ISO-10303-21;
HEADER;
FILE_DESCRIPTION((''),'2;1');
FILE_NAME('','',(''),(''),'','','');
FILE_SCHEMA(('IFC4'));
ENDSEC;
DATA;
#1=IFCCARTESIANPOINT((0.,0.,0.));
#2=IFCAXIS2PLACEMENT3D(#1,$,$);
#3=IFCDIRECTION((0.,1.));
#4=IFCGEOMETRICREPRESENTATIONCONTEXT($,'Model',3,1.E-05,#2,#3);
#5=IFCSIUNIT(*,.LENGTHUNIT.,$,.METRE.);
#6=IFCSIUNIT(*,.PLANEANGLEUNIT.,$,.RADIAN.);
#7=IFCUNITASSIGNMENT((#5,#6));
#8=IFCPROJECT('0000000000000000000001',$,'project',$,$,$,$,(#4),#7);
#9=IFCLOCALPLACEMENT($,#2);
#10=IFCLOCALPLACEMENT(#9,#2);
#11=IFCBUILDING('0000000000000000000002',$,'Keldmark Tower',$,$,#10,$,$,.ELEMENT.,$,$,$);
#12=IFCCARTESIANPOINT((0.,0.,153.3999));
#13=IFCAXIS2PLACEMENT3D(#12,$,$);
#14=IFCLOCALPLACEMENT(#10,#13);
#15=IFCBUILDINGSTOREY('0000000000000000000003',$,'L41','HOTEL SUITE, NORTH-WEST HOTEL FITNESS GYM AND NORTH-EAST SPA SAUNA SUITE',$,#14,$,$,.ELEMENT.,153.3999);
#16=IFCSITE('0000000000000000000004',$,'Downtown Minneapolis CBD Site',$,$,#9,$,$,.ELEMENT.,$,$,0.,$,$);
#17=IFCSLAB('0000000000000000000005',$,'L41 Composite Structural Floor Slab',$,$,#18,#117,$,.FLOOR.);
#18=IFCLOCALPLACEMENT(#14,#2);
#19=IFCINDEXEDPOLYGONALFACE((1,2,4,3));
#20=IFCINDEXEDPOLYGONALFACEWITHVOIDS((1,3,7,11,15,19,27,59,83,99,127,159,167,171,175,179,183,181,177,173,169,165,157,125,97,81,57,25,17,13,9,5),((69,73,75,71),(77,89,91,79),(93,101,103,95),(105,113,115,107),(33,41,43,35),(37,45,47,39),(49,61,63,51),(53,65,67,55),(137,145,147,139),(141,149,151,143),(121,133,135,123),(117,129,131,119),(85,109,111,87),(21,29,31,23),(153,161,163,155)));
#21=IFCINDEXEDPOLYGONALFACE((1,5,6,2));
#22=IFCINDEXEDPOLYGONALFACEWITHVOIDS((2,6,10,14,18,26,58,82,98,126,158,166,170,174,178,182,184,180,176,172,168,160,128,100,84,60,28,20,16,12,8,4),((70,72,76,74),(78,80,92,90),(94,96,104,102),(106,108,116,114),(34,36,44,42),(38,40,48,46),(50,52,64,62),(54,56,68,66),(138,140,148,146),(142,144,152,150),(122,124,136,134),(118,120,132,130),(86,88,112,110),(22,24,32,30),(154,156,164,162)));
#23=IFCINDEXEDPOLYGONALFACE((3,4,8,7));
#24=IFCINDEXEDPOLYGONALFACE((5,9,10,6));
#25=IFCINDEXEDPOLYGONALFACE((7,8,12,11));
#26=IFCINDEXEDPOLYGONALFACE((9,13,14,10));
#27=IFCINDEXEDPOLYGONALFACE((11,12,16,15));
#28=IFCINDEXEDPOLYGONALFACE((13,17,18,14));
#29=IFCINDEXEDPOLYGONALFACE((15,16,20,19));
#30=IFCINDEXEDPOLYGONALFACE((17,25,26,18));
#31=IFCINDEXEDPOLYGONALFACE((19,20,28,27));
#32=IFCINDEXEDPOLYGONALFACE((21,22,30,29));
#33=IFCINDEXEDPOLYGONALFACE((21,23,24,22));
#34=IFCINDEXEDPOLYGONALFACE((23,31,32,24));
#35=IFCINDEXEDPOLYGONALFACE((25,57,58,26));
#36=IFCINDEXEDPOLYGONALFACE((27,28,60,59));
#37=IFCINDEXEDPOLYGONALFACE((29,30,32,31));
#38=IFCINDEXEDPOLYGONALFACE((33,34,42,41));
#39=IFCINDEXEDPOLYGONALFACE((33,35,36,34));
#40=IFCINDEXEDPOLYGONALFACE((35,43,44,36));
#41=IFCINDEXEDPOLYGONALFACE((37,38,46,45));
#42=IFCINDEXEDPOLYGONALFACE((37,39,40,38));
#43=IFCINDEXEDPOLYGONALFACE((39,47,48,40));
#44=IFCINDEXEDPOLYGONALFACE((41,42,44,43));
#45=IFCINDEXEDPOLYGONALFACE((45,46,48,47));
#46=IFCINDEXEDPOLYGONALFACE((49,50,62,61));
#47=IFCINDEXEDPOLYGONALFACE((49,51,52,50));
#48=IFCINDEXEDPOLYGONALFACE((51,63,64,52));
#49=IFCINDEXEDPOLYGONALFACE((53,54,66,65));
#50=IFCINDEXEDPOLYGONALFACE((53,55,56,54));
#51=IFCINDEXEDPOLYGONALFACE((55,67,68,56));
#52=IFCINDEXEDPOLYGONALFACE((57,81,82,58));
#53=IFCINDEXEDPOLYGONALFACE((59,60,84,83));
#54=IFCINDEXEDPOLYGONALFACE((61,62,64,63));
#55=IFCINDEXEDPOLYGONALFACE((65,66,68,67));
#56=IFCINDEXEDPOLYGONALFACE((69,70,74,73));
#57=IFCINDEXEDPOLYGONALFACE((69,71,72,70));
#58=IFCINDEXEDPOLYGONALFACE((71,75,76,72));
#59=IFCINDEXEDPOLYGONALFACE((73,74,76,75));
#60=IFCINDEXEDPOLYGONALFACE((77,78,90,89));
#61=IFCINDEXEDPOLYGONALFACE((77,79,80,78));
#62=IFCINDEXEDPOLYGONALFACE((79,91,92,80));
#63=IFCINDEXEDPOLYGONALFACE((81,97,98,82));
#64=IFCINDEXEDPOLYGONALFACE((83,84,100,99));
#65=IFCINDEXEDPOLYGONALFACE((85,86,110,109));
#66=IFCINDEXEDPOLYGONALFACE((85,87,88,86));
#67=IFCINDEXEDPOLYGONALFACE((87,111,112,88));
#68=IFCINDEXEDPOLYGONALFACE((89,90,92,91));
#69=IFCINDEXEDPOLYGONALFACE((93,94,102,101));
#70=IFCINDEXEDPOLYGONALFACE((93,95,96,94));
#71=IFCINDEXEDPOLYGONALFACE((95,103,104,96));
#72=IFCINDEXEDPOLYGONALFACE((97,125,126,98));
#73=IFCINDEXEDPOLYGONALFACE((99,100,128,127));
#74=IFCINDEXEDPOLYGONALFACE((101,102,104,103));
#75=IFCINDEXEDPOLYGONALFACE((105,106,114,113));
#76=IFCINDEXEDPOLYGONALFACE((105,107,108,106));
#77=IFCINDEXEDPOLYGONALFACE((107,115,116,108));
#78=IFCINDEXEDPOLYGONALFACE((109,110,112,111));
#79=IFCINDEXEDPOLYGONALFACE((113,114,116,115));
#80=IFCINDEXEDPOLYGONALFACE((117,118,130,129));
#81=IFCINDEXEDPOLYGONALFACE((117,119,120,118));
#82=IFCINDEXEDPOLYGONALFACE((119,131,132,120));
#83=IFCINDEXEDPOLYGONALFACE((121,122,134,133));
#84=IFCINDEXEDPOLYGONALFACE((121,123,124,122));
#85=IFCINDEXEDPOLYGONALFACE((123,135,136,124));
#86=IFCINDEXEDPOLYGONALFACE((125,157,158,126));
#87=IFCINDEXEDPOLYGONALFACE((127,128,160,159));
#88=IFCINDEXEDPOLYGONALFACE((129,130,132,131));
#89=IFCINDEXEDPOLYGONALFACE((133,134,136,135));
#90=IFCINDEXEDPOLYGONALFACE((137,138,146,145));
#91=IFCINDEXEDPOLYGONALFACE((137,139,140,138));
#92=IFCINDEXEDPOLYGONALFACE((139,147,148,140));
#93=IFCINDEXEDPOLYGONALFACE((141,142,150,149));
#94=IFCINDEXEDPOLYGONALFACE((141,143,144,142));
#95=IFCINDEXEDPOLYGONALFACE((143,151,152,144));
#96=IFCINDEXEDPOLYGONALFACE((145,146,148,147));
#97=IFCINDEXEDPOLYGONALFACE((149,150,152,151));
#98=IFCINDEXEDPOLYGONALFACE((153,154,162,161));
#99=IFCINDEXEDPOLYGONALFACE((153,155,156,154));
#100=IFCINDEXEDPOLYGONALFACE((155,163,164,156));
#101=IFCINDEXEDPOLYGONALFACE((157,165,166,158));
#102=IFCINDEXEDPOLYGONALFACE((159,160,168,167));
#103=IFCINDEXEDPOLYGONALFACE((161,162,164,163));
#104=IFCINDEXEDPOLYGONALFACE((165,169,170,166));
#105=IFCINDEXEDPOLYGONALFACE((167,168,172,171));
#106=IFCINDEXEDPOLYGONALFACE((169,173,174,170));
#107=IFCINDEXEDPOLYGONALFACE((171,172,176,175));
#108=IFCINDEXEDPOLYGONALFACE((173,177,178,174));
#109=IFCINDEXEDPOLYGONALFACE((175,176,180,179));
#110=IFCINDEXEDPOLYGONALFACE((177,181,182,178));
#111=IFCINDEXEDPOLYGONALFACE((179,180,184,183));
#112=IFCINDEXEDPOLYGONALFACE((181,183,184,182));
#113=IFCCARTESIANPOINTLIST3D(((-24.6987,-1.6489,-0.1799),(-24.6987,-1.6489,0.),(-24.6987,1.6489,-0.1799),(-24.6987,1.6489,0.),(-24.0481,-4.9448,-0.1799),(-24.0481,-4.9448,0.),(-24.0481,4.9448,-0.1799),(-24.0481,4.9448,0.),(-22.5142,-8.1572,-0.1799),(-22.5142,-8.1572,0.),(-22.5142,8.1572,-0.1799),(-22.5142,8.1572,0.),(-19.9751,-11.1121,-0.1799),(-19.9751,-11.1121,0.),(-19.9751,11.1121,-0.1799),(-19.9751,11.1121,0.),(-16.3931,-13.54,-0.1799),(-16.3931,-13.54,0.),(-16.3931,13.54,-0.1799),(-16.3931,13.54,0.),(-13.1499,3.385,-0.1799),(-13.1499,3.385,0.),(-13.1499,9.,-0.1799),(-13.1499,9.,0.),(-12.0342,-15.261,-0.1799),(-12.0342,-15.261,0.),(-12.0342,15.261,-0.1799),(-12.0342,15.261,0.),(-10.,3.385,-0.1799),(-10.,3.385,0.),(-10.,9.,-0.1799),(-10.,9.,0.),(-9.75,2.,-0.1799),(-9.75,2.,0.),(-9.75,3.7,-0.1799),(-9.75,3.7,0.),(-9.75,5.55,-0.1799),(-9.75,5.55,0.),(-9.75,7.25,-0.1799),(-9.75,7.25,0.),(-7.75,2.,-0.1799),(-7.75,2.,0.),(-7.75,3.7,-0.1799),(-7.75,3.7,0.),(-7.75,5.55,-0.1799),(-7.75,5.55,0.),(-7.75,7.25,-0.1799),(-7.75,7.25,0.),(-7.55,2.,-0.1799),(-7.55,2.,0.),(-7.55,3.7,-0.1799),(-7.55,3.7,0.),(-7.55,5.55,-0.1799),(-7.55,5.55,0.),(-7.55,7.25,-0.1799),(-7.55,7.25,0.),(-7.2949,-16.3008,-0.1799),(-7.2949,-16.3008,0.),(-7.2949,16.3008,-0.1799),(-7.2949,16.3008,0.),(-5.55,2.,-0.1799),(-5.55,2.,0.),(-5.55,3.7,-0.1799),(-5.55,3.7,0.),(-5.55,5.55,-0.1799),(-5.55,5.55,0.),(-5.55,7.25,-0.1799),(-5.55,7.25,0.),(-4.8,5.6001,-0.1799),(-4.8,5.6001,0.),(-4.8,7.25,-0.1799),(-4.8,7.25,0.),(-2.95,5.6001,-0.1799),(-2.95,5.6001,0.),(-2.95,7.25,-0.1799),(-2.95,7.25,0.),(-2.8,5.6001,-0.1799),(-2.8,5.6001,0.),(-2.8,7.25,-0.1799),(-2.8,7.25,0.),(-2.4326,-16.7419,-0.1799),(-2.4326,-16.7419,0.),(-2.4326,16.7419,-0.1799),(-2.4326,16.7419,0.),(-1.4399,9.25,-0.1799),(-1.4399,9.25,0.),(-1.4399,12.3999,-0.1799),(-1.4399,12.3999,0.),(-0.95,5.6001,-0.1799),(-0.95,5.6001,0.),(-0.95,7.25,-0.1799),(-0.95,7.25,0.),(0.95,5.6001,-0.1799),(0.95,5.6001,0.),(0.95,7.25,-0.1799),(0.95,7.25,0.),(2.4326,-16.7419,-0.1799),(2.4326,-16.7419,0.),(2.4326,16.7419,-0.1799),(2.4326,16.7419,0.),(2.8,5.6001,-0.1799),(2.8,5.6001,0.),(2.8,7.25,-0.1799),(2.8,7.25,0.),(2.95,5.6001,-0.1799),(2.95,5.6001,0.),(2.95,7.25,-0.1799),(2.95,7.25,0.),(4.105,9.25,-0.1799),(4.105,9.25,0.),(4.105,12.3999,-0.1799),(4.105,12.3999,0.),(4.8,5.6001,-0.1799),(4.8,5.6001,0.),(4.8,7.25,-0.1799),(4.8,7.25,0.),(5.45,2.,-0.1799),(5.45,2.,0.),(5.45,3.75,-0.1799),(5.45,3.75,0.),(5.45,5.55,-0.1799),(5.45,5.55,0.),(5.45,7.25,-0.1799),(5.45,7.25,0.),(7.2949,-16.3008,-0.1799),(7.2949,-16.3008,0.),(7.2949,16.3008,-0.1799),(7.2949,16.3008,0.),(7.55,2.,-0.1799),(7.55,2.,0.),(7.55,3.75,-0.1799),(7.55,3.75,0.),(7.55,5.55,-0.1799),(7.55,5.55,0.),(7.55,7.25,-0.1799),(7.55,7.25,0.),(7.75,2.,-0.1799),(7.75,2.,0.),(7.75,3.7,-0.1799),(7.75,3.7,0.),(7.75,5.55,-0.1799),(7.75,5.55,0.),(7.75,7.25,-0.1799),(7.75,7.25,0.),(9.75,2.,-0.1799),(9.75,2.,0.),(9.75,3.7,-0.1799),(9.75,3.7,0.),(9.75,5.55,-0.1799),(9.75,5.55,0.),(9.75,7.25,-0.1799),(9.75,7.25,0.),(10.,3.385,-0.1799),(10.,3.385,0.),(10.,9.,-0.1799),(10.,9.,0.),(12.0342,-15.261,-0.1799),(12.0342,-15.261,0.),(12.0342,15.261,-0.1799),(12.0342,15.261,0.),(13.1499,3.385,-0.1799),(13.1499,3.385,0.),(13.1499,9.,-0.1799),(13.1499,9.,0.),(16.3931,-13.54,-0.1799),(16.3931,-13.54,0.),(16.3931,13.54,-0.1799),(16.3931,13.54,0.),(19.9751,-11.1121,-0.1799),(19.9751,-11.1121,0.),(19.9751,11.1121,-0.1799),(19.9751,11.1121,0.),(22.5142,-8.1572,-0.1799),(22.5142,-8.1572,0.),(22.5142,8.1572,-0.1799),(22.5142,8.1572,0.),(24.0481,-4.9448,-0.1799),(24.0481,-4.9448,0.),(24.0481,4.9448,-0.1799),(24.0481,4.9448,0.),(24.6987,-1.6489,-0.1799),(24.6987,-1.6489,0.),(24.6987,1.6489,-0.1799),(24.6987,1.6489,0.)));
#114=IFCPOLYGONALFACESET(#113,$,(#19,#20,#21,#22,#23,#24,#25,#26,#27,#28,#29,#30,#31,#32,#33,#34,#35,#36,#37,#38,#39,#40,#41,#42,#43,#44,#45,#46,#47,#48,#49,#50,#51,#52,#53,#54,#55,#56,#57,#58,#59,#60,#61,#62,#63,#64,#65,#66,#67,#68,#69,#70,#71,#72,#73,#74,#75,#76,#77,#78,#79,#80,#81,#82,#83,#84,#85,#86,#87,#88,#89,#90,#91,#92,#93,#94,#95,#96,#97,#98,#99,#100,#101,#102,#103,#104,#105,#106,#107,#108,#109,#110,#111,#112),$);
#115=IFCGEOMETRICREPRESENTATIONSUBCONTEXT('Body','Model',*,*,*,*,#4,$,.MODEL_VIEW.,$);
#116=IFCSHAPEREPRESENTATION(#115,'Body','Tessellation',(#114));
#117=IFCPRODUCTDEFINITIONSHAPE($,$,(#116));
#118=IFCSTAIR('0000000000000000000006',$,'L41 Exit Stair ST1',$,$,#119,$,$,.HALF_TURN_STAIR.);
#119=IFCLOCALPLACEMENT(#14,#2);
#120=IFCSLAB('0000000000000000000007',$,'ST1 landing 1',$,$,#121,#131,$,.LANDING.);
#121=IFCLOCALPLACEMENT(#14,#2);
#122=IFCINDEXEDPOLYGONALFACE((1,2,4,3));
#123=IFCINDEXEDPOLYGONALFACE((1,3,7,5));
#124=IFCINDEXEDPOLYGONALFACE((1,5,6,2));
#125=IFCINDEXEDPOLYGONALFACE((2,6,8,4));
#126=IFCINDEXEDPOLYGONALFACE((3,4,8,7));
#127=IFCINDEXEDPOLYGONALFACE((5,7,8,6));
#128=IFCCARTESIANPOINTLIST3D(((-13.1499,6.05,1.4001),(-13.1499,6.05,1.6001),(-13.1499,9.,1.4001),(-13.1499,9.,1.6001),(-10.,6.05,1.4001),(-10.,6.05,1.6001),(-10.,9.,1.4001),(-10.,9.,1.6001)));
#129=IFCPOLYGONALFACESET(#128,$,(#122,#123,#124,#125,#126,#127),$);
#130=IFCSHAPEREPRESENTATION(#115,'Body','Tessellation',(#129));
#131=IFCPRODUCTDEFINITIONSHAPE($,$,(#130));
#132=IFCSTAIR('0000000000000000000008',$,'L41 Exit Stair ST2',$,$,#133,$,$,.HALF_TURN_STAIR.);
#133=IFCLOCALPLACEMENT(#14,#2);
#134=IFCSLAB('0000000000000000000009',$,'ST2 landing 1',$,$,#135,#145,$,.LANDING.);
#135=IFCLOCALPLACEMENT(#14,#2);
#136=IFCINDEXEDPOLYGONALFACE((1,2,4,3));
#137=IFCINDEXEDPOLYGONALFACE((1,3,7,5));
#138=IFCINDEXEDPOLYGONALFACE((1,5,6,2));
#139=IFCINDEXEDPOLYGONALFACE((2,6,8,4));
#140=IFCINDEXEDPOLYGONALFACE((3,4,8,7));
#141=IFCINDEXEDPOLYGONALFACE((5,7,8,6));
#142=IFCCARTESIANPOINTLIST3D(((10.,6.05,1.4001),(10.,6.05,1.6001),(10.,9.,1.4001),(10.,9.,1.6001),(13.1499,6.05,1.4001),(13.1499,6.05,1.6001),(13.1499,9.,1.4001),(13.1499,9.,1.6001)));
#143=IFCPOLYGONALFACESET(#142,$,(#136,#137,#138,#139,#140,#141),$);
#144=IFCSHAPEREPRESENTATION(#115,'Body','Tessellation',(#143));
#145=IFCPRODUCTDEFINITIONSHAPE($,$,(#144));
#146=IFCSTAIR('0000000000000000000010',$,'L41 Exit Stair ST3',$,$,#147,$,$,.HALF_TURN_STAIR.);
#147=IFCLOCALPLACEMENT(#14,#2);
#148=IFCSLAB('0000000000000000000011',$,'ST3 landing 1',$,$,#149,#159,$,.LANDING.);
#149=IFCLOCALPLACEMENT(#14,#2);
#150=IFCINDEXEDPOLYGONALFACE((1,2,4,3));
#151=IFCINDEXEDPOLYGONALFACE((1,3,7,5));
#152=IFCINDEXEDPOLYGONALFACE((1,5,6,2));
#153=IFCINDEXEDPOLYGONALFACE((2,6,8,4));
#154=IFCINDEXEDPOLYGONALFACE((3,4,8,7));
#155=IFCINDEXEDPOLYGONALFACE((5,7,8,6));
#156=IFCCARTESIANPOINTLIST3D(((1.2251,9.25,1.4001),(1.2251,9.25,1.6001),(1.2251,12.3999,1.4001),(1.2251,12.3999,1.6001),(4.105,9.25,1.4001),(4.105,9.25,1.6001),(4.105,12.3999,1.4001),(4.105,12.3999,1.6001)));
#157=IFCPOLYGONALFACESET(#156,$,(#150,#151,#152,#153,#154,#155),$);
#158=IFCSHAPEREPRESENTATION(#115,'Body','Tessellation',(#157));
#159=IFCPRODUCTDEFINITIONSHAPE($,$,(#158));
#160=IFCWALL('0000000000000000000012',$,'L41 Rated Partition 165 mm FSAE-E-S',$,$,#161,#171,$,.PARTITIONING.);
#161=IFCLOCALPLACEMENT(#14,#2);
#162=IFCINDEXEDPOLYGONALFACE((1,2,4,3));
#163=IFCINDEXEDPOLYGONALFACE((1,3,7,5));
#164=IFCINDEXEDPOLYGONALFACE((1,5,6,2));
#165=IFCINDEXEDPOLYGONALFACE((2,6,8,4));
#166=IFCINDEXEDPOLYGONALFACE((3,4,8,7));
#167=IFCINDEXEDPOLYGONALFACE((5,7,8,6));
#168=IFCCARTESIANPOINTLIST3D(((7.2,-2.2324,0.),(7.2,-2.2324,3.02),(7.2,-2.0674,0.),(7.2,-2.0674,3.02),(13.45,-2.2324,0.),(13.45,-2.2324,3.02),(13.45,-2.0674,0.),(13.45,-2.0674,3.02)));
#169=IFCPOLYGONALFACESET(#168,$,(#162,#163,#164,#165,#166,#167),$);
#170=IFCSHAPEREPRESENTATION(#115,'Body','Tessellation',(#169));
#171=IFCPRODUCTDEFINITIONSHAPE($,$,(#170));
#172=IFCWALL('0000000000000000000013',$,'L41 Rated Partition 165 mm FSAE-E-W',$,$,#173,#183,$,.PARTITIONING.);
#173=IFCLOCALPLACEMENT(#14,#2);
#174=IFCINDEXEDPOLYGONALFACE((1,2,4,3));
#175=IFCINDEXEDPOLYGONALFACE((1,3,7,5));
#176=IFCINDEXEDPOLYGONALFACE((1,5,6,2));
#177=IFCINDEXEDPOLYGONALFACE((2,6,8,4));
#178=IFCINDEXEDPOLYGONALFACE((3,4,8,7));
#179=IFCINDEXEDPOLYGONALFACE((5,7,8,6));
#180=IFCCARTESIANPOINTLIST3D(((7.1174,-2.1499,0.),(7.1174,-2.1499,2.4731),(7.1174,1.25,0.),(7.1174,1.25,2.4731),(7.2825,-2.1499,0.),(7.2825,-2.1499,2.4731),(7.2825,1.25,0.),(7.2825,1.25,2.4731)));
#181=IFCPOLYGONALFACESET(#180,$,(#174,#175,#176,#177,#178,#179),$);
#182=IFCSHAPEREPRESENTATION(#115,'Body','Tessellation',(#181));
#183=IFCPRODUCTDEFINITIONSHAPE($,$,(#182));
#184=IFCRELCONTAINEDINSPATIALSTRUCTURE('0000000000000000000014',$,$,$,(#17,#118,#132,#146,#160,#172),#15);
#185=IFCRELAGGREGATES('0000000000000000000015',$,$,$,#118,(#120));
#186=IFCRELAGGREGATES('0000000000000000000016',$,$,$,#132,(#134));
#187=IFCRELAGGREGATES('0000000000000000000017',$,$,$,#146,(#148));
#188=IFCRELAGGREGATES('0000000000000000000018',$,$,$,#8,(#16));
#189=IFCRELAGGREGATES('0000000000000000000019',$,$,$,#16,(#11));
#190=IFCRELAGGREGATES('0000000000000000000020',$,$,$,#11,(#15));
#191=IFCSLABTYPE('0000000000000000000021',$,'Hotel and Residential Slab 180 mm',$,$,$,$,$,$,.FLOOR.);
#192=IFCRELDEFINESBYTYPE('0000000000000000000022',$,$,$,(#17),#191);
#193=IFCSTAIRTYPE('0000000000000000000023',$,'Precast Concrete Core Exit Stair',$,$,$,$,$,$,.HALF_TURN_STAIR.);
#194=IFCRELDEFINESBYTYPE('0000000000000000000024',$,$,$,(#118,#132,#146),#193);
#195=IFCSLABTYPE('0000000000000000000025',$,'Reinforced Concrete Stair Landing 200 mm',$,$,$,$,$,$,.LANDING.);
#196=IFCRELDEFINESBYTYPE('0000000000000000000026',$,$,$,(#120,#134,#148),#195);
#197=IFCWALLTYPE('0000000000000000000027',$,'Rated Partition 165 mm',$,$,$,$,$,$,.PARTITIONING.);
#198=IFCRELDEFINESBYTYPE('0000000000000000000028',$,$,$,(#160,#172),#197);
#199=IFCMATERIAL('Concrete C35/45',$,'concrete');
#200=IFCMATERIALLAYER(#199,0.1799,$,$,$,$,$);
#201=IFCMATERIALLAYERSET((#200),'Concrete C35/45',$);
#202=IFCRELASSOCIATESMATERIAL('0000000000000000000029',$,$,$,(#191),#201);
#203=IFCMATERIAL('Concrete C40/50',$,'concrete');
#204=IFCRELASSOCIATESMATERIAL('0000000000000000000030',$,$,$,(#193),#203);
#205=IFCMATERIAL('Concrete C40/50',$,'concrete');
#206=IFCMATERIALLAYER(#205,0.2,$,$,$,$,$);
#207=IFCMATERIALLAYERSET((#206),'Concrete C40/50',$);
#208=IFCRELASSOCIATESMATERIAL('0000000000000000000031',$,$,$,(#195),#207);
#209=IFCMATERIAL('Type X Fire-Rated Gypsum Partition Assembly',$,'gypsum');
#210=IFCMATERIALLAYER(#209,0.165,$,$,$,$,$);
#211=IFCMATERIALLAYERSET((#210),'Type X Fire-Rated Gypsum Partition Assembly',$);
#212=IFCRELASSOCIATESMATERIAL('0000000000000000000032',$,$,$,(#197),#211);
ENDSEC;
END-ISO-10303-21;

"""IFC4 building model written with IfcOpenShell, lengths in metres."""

from ifc_helpers import new_model, si_unit, direction, frame, frame_2d, origin, place, context, subcontext, project, spatial, polyline, rectangle, outline, extrude, material, layer, layer_set, type_object, element, aggregate, save


model = new_model("IFC4")

# Units and contexts
model_context = context("Model", 3, precision=1e-05, world=origin(), true_north=direction((0.0, 1.0)))
body_context = subcontext(model_context, "Body", "Model", "MODEL_VIEW")
ifc_project = project(units=[si_unit("LENGTHUNIT", "METRE"), si_unit("PLANEANGLEUNIT", "RADIAN")], contexts=[model_context])

# Site, building, storey
site_placement = place(None, origin())
site = spatial("IfcSite", under=ifc_project, at=site_placement, Name="Downtown Minneapolis CBD Site", CompositionType="ELEMENT", RefElevation=0.0)
building_placement = place(site_placement, origin())
building = spatial("IfcBuilding", under=site, at=building_placement, Name="Keldmark Tower", CompositionType="ELEMENT")
storey_placement = place(building_placement, frame((0.0, 0.0, 153.3999)))
storey = spatial("IfcBuildingStorey", under=building, at=storey_placement, Name="L41", Description="HOTEL SUITE, NORTH-WEST HOTEL FITNESS GYM AND NORTH-EAST SPA SAUNA SUITE", CompositionType="ELEMENT", Elevation=153.3999)

# Slab
ifc_material_1 = material(Name="Concrete C35/45", Category="concrete")
ifc_layer_1 = layer(ifc_material_1, 0.1799)
ifc_layer_set_1 = layer_set([ifc_layer_1], Name="Concrete C35/45")
slab_type_1 = type_object("IfcSlabType", Name="Hotel and Residential Slab 180 mm", PredefinedType="FLOOR", material=ifc_layer_set_1)
slab_1_placement = place(storey_placement, frame((0.0, 0.0, -0.1799)))
element("IfcSlab", 1, at=slab_1_placement, inside=storey, type_object=slab_type_1, Name="L41 Composite Structural Floor Slab", PredefinedType="FLOOR", context=body_context, shape_type="SweptSolid", body=[
    extrude(outline(polyline([(24.6987, 1.6489), (24.0481, 4.9448), (22.5142, 8.1572), (19.9751, 11.1121), (16.3931, 13.54), (12.0342, 15.261), (7.2949, 16.3008), (2.4326, 16.7419), (-2.4326, 16.7419), (-7.2949, 16.3008), (-12.0342, 15.261), (-16.3931, 13.54), (-19.9751, 11.1121), (-22.5142, 8.1572), (-24.0481, 4.9448), (-24.6987, 1.6489), (-24.6987, -1.6489), (-24.0481, -4.9448), (-22.5142, -8.1572), (-19.9751, -11.1121), (-16.3931, -13.54), (-12.0342, -15.261), (-7.2949, -16.3008), (-2.4326, -16.7419), (2.4326, -16.7419), (7.2949, -16.3008), (12.0342, -15.261), (16.3931, -13.54), (19.9751, -11.1121), (22.5142, -8.1572), (24.0481, -4.9448), (24.6987, -1.6489), (24.6987, 1.6489)]), holes=[polyline([(-10.0, 3.385), (-10.0, 9.0), (-13.1499, 9.0), (-13.1499, 3.385), (-10.0, 3.385)]), polyline([(13.1499, 3.385), (13.1499, 9.0), (10.0, 9.0), (10.0, 3.385), (13.1499, 3.385)]), polyline([(-1.4399, 9.25), (4.105, 9.25), (4.105, 12.3999), (-1.4399, 12.3999), (-1.4399, 9.25)]), polyline([(-9.75, 2.0), (-7.75, 2.0), (-7.75, 3.7), (-9.75, 3.7), (-9.75, 2.0)]), polyline([(7.75, 2.0), (9.75, 2.0), (9.75, 3.7), (7.75, 3.7), (7.75, 2.0)]), polyline([(5.45, 2.0), (7.55, 2.0), (7.55, 3.75), (5.45, 3.75), (5.45, 2.0)]), polyline([(-4.8, 5.6001), (-2.95, 5.6001), (-2.95, 7.25), (-4.8, 7.25), (-4.8, 5.6001)]), polyline([(-2.8, 5.6001), (-0.95, 5.6001), (-0.95, 7.25), (-2.8, 7.25), (-2.8, 5.6001)]), polyline([(0.95, 5.6001), (2.8, 5.6001), (2.8, 7.25), (0.95, 7.25), (0.95, 5.6001)]), polyline([(2.95, 5.6001), (4.8, 5.6001), (4.8, 7.25), (2.95, 7.25), (2.95, 5.6001)]), polyline([(-9.75, 5.55), (-7.75, 5.55), (-7.75, 7.25), (-9.75, 7.25), (-9.75, 5.55)]), polyline([(-7.55, 5.55), (-5.55, 5.55), (-5.55, 7.25), (-7.55, 7.25), (-7.55, 5.55)]), polyline([(-7.55, 2.0), (-5.55, 2.0), (-5.55, 3.7), (-7.55, 3.7), (-7.55, 2.0)]), polyline([(5.45, 5.55), (7.55, 5.55), (7.55, 7.25), (5.45, 7.25), (5.45, 5.55)]), polyline([(7.75, 5.55), (9.75, 5.55), (9.75, 7.25), (7.75, 7.25), (7.75, 5.55)])]), origin(), (0.0, 0.0, 1.0), 0.1799),
])

# Stairs, slabs
ifc_material_2 = material(Name="Concrete C40/50", Category="concrete")
stair_type = type_object("IfcStairType", Name="Precast Concrete Core Exit Stair", PredefinedType="HALF_TURN_STAIR", material=ifc_material_2)
stair_1_placement = place(storey_placement, origin())
stair_1 = element("IfcStair", 2, at=stair_1_placement, inside=storey, type_object=stair_type, Name="L41 Exit Stair ST1", PredefinedType="HALF_TURN_STAIR")
ifc_material_3 = material(Name="Concrete C40/50", Category="concrete")
ifc_layer_2 = layer(ifc_material_3, 0.2)
ifc_layer_set_2 = layer_set([ifc_layer_2], Name="Concrete C40/50")
slab_type_2 = type_object("IfcSlabType", Name="Reinforced Concrete Stair Landing 200 mm", PredefinedType="LANDING", material=ifc_layer_set_2)
slab_2_placement = place(storey_placement, frame((0.0, 0.0, 1.4001)))
slab_2 = element("IfcSlab", 3, at=slab_2_placement, type_object=slab_type_2, Name="ST1 landing 1", PredefinedType="LANDING", context=body_context, shape_type="SweptSolid", body=[
    extrude(outline(polyline([(-10.0, 6.05), (-10.0, 9.0), (-13.1499, 9.0), (-13.1499, 6.05), (-10.0, 6.05)])), origin(), (0.0, 0.0, 1.0), 0.2),
])
aggregate(stair_1, [slab_2])
stair_2_placement = place(storey_placement, origin())
stair_2 = element("IfcStair", 4, at=stair_2_placement, inside=storey, type_object=stair_type, Name="L41 Exit Stair ST2", PredefinedType="HALF_TURN_STAIR")
slab_3_placement = place(storey_placement, frame((0.0, 0.0, 1.4001)))
slab_3 = element("IfcSlab", 5, at=slab_3_placement, type_object=slab_type_2, Name="ST2 landing 1", PredefinedType="LANDING", context=body_context, shape_type="SweptSolid", body=[
    extrude(outline(polyline([(13.1499, 6.05), (13.1499, 9.0), (10.0, 9.0), (10.0, 6.05), (13.1499, 6.05)])), origin(), (0.0, 0.0, 1.0), 0.2),
])
aggregate(stair_2, [slab_3])
stair_3_placement = place(storey_placement, origin())
stair_3 = element("IfcStair", 6, at=stair_3_placement, inside=storey, type_object=stair_type, Name="L41 Exit Stair ST3", PredefinedType="HALF_TURN_STAIR")
slab_4_placement = place(storey_placement, frame((0.0, 0.0, 1.4001)))
slab_4 = element("IfcSlab", 7, at=slab_4_placement, type_object=slab_type_2, Name="ST3 landing 1", PredefinedType="LANDING", context=body_context, shape_type="SweptSolid", body=[
    extrude(outline(polyline([(1.2251, 9.25), (4.105, 9.25), (4.105, 12.3999), (1.2251, 12.3999), (1.2251, 9.25)])), origin(), (0.0, 0.0, 1.0), 0.2),
])
aggregate(stair_3, [slab_4])

# Walls
ifc_material_4 = material(Name="Type X Fire-Rated Gypsum Partition Assembly", Category="gypsum")
ifc_layer_3 = layer(ifc_material_4, 0.165)
ifc_layer_set_3 = layer_set([ifc_layer_3], Name="Type X Fire-Rated Gypsum Partition Assembly")
wall_type_1 = type_object("IfcWallType", Name="Rated Partition 165 mm", PredefinedType="PARTITIONING", material=ifc_layer_set_3)
wall_1_placement = place(storey_placement, frame((7.2, -2.1499, 0.0), z_axis=(0.0, 0.0, 1.0), x_axis=(1.0, 0.0, 0.0)))
element("IfcWall", 8, at=wall_1_placement, inside=storey, type_object=wall_type_1, Name="L41 Rated Partition 165 mm FSAE-E-S", PredefinedType="PARTITIONING", context=body_context, shape_type="SweptSolid", body=[
    extrude(rectangle(XDim=6.25, YDim=0.165, at=frame_2d((3.125, 0.0))), origin(), (0.0, 0.0, 1.0), 3.02),
])
wall_2_placement = place(storey_placement, frame((7.2, -2.1499, 0.0), z_axis=(0.0, 0.0, 1.0), x_axis=(0.0, 1.0, 0.0)))
element("IfcWall", 9, at=wall_2_placement, inside=storey, type_object=wall_type_1, Name="L41 Rated Partition 165 mm FSAE-E-W", PredefinedType="PARTITIONING", context=body_context, shape_type="SweptSolid", body=[
    extrude(rectangle(XDim=3.3999, YDim=0.165, at=frame_2d((1.7, 0.0))), origin(), (0.0, 0.0, 1.0), 2.4731),
])

save(model, "model.ifc")
